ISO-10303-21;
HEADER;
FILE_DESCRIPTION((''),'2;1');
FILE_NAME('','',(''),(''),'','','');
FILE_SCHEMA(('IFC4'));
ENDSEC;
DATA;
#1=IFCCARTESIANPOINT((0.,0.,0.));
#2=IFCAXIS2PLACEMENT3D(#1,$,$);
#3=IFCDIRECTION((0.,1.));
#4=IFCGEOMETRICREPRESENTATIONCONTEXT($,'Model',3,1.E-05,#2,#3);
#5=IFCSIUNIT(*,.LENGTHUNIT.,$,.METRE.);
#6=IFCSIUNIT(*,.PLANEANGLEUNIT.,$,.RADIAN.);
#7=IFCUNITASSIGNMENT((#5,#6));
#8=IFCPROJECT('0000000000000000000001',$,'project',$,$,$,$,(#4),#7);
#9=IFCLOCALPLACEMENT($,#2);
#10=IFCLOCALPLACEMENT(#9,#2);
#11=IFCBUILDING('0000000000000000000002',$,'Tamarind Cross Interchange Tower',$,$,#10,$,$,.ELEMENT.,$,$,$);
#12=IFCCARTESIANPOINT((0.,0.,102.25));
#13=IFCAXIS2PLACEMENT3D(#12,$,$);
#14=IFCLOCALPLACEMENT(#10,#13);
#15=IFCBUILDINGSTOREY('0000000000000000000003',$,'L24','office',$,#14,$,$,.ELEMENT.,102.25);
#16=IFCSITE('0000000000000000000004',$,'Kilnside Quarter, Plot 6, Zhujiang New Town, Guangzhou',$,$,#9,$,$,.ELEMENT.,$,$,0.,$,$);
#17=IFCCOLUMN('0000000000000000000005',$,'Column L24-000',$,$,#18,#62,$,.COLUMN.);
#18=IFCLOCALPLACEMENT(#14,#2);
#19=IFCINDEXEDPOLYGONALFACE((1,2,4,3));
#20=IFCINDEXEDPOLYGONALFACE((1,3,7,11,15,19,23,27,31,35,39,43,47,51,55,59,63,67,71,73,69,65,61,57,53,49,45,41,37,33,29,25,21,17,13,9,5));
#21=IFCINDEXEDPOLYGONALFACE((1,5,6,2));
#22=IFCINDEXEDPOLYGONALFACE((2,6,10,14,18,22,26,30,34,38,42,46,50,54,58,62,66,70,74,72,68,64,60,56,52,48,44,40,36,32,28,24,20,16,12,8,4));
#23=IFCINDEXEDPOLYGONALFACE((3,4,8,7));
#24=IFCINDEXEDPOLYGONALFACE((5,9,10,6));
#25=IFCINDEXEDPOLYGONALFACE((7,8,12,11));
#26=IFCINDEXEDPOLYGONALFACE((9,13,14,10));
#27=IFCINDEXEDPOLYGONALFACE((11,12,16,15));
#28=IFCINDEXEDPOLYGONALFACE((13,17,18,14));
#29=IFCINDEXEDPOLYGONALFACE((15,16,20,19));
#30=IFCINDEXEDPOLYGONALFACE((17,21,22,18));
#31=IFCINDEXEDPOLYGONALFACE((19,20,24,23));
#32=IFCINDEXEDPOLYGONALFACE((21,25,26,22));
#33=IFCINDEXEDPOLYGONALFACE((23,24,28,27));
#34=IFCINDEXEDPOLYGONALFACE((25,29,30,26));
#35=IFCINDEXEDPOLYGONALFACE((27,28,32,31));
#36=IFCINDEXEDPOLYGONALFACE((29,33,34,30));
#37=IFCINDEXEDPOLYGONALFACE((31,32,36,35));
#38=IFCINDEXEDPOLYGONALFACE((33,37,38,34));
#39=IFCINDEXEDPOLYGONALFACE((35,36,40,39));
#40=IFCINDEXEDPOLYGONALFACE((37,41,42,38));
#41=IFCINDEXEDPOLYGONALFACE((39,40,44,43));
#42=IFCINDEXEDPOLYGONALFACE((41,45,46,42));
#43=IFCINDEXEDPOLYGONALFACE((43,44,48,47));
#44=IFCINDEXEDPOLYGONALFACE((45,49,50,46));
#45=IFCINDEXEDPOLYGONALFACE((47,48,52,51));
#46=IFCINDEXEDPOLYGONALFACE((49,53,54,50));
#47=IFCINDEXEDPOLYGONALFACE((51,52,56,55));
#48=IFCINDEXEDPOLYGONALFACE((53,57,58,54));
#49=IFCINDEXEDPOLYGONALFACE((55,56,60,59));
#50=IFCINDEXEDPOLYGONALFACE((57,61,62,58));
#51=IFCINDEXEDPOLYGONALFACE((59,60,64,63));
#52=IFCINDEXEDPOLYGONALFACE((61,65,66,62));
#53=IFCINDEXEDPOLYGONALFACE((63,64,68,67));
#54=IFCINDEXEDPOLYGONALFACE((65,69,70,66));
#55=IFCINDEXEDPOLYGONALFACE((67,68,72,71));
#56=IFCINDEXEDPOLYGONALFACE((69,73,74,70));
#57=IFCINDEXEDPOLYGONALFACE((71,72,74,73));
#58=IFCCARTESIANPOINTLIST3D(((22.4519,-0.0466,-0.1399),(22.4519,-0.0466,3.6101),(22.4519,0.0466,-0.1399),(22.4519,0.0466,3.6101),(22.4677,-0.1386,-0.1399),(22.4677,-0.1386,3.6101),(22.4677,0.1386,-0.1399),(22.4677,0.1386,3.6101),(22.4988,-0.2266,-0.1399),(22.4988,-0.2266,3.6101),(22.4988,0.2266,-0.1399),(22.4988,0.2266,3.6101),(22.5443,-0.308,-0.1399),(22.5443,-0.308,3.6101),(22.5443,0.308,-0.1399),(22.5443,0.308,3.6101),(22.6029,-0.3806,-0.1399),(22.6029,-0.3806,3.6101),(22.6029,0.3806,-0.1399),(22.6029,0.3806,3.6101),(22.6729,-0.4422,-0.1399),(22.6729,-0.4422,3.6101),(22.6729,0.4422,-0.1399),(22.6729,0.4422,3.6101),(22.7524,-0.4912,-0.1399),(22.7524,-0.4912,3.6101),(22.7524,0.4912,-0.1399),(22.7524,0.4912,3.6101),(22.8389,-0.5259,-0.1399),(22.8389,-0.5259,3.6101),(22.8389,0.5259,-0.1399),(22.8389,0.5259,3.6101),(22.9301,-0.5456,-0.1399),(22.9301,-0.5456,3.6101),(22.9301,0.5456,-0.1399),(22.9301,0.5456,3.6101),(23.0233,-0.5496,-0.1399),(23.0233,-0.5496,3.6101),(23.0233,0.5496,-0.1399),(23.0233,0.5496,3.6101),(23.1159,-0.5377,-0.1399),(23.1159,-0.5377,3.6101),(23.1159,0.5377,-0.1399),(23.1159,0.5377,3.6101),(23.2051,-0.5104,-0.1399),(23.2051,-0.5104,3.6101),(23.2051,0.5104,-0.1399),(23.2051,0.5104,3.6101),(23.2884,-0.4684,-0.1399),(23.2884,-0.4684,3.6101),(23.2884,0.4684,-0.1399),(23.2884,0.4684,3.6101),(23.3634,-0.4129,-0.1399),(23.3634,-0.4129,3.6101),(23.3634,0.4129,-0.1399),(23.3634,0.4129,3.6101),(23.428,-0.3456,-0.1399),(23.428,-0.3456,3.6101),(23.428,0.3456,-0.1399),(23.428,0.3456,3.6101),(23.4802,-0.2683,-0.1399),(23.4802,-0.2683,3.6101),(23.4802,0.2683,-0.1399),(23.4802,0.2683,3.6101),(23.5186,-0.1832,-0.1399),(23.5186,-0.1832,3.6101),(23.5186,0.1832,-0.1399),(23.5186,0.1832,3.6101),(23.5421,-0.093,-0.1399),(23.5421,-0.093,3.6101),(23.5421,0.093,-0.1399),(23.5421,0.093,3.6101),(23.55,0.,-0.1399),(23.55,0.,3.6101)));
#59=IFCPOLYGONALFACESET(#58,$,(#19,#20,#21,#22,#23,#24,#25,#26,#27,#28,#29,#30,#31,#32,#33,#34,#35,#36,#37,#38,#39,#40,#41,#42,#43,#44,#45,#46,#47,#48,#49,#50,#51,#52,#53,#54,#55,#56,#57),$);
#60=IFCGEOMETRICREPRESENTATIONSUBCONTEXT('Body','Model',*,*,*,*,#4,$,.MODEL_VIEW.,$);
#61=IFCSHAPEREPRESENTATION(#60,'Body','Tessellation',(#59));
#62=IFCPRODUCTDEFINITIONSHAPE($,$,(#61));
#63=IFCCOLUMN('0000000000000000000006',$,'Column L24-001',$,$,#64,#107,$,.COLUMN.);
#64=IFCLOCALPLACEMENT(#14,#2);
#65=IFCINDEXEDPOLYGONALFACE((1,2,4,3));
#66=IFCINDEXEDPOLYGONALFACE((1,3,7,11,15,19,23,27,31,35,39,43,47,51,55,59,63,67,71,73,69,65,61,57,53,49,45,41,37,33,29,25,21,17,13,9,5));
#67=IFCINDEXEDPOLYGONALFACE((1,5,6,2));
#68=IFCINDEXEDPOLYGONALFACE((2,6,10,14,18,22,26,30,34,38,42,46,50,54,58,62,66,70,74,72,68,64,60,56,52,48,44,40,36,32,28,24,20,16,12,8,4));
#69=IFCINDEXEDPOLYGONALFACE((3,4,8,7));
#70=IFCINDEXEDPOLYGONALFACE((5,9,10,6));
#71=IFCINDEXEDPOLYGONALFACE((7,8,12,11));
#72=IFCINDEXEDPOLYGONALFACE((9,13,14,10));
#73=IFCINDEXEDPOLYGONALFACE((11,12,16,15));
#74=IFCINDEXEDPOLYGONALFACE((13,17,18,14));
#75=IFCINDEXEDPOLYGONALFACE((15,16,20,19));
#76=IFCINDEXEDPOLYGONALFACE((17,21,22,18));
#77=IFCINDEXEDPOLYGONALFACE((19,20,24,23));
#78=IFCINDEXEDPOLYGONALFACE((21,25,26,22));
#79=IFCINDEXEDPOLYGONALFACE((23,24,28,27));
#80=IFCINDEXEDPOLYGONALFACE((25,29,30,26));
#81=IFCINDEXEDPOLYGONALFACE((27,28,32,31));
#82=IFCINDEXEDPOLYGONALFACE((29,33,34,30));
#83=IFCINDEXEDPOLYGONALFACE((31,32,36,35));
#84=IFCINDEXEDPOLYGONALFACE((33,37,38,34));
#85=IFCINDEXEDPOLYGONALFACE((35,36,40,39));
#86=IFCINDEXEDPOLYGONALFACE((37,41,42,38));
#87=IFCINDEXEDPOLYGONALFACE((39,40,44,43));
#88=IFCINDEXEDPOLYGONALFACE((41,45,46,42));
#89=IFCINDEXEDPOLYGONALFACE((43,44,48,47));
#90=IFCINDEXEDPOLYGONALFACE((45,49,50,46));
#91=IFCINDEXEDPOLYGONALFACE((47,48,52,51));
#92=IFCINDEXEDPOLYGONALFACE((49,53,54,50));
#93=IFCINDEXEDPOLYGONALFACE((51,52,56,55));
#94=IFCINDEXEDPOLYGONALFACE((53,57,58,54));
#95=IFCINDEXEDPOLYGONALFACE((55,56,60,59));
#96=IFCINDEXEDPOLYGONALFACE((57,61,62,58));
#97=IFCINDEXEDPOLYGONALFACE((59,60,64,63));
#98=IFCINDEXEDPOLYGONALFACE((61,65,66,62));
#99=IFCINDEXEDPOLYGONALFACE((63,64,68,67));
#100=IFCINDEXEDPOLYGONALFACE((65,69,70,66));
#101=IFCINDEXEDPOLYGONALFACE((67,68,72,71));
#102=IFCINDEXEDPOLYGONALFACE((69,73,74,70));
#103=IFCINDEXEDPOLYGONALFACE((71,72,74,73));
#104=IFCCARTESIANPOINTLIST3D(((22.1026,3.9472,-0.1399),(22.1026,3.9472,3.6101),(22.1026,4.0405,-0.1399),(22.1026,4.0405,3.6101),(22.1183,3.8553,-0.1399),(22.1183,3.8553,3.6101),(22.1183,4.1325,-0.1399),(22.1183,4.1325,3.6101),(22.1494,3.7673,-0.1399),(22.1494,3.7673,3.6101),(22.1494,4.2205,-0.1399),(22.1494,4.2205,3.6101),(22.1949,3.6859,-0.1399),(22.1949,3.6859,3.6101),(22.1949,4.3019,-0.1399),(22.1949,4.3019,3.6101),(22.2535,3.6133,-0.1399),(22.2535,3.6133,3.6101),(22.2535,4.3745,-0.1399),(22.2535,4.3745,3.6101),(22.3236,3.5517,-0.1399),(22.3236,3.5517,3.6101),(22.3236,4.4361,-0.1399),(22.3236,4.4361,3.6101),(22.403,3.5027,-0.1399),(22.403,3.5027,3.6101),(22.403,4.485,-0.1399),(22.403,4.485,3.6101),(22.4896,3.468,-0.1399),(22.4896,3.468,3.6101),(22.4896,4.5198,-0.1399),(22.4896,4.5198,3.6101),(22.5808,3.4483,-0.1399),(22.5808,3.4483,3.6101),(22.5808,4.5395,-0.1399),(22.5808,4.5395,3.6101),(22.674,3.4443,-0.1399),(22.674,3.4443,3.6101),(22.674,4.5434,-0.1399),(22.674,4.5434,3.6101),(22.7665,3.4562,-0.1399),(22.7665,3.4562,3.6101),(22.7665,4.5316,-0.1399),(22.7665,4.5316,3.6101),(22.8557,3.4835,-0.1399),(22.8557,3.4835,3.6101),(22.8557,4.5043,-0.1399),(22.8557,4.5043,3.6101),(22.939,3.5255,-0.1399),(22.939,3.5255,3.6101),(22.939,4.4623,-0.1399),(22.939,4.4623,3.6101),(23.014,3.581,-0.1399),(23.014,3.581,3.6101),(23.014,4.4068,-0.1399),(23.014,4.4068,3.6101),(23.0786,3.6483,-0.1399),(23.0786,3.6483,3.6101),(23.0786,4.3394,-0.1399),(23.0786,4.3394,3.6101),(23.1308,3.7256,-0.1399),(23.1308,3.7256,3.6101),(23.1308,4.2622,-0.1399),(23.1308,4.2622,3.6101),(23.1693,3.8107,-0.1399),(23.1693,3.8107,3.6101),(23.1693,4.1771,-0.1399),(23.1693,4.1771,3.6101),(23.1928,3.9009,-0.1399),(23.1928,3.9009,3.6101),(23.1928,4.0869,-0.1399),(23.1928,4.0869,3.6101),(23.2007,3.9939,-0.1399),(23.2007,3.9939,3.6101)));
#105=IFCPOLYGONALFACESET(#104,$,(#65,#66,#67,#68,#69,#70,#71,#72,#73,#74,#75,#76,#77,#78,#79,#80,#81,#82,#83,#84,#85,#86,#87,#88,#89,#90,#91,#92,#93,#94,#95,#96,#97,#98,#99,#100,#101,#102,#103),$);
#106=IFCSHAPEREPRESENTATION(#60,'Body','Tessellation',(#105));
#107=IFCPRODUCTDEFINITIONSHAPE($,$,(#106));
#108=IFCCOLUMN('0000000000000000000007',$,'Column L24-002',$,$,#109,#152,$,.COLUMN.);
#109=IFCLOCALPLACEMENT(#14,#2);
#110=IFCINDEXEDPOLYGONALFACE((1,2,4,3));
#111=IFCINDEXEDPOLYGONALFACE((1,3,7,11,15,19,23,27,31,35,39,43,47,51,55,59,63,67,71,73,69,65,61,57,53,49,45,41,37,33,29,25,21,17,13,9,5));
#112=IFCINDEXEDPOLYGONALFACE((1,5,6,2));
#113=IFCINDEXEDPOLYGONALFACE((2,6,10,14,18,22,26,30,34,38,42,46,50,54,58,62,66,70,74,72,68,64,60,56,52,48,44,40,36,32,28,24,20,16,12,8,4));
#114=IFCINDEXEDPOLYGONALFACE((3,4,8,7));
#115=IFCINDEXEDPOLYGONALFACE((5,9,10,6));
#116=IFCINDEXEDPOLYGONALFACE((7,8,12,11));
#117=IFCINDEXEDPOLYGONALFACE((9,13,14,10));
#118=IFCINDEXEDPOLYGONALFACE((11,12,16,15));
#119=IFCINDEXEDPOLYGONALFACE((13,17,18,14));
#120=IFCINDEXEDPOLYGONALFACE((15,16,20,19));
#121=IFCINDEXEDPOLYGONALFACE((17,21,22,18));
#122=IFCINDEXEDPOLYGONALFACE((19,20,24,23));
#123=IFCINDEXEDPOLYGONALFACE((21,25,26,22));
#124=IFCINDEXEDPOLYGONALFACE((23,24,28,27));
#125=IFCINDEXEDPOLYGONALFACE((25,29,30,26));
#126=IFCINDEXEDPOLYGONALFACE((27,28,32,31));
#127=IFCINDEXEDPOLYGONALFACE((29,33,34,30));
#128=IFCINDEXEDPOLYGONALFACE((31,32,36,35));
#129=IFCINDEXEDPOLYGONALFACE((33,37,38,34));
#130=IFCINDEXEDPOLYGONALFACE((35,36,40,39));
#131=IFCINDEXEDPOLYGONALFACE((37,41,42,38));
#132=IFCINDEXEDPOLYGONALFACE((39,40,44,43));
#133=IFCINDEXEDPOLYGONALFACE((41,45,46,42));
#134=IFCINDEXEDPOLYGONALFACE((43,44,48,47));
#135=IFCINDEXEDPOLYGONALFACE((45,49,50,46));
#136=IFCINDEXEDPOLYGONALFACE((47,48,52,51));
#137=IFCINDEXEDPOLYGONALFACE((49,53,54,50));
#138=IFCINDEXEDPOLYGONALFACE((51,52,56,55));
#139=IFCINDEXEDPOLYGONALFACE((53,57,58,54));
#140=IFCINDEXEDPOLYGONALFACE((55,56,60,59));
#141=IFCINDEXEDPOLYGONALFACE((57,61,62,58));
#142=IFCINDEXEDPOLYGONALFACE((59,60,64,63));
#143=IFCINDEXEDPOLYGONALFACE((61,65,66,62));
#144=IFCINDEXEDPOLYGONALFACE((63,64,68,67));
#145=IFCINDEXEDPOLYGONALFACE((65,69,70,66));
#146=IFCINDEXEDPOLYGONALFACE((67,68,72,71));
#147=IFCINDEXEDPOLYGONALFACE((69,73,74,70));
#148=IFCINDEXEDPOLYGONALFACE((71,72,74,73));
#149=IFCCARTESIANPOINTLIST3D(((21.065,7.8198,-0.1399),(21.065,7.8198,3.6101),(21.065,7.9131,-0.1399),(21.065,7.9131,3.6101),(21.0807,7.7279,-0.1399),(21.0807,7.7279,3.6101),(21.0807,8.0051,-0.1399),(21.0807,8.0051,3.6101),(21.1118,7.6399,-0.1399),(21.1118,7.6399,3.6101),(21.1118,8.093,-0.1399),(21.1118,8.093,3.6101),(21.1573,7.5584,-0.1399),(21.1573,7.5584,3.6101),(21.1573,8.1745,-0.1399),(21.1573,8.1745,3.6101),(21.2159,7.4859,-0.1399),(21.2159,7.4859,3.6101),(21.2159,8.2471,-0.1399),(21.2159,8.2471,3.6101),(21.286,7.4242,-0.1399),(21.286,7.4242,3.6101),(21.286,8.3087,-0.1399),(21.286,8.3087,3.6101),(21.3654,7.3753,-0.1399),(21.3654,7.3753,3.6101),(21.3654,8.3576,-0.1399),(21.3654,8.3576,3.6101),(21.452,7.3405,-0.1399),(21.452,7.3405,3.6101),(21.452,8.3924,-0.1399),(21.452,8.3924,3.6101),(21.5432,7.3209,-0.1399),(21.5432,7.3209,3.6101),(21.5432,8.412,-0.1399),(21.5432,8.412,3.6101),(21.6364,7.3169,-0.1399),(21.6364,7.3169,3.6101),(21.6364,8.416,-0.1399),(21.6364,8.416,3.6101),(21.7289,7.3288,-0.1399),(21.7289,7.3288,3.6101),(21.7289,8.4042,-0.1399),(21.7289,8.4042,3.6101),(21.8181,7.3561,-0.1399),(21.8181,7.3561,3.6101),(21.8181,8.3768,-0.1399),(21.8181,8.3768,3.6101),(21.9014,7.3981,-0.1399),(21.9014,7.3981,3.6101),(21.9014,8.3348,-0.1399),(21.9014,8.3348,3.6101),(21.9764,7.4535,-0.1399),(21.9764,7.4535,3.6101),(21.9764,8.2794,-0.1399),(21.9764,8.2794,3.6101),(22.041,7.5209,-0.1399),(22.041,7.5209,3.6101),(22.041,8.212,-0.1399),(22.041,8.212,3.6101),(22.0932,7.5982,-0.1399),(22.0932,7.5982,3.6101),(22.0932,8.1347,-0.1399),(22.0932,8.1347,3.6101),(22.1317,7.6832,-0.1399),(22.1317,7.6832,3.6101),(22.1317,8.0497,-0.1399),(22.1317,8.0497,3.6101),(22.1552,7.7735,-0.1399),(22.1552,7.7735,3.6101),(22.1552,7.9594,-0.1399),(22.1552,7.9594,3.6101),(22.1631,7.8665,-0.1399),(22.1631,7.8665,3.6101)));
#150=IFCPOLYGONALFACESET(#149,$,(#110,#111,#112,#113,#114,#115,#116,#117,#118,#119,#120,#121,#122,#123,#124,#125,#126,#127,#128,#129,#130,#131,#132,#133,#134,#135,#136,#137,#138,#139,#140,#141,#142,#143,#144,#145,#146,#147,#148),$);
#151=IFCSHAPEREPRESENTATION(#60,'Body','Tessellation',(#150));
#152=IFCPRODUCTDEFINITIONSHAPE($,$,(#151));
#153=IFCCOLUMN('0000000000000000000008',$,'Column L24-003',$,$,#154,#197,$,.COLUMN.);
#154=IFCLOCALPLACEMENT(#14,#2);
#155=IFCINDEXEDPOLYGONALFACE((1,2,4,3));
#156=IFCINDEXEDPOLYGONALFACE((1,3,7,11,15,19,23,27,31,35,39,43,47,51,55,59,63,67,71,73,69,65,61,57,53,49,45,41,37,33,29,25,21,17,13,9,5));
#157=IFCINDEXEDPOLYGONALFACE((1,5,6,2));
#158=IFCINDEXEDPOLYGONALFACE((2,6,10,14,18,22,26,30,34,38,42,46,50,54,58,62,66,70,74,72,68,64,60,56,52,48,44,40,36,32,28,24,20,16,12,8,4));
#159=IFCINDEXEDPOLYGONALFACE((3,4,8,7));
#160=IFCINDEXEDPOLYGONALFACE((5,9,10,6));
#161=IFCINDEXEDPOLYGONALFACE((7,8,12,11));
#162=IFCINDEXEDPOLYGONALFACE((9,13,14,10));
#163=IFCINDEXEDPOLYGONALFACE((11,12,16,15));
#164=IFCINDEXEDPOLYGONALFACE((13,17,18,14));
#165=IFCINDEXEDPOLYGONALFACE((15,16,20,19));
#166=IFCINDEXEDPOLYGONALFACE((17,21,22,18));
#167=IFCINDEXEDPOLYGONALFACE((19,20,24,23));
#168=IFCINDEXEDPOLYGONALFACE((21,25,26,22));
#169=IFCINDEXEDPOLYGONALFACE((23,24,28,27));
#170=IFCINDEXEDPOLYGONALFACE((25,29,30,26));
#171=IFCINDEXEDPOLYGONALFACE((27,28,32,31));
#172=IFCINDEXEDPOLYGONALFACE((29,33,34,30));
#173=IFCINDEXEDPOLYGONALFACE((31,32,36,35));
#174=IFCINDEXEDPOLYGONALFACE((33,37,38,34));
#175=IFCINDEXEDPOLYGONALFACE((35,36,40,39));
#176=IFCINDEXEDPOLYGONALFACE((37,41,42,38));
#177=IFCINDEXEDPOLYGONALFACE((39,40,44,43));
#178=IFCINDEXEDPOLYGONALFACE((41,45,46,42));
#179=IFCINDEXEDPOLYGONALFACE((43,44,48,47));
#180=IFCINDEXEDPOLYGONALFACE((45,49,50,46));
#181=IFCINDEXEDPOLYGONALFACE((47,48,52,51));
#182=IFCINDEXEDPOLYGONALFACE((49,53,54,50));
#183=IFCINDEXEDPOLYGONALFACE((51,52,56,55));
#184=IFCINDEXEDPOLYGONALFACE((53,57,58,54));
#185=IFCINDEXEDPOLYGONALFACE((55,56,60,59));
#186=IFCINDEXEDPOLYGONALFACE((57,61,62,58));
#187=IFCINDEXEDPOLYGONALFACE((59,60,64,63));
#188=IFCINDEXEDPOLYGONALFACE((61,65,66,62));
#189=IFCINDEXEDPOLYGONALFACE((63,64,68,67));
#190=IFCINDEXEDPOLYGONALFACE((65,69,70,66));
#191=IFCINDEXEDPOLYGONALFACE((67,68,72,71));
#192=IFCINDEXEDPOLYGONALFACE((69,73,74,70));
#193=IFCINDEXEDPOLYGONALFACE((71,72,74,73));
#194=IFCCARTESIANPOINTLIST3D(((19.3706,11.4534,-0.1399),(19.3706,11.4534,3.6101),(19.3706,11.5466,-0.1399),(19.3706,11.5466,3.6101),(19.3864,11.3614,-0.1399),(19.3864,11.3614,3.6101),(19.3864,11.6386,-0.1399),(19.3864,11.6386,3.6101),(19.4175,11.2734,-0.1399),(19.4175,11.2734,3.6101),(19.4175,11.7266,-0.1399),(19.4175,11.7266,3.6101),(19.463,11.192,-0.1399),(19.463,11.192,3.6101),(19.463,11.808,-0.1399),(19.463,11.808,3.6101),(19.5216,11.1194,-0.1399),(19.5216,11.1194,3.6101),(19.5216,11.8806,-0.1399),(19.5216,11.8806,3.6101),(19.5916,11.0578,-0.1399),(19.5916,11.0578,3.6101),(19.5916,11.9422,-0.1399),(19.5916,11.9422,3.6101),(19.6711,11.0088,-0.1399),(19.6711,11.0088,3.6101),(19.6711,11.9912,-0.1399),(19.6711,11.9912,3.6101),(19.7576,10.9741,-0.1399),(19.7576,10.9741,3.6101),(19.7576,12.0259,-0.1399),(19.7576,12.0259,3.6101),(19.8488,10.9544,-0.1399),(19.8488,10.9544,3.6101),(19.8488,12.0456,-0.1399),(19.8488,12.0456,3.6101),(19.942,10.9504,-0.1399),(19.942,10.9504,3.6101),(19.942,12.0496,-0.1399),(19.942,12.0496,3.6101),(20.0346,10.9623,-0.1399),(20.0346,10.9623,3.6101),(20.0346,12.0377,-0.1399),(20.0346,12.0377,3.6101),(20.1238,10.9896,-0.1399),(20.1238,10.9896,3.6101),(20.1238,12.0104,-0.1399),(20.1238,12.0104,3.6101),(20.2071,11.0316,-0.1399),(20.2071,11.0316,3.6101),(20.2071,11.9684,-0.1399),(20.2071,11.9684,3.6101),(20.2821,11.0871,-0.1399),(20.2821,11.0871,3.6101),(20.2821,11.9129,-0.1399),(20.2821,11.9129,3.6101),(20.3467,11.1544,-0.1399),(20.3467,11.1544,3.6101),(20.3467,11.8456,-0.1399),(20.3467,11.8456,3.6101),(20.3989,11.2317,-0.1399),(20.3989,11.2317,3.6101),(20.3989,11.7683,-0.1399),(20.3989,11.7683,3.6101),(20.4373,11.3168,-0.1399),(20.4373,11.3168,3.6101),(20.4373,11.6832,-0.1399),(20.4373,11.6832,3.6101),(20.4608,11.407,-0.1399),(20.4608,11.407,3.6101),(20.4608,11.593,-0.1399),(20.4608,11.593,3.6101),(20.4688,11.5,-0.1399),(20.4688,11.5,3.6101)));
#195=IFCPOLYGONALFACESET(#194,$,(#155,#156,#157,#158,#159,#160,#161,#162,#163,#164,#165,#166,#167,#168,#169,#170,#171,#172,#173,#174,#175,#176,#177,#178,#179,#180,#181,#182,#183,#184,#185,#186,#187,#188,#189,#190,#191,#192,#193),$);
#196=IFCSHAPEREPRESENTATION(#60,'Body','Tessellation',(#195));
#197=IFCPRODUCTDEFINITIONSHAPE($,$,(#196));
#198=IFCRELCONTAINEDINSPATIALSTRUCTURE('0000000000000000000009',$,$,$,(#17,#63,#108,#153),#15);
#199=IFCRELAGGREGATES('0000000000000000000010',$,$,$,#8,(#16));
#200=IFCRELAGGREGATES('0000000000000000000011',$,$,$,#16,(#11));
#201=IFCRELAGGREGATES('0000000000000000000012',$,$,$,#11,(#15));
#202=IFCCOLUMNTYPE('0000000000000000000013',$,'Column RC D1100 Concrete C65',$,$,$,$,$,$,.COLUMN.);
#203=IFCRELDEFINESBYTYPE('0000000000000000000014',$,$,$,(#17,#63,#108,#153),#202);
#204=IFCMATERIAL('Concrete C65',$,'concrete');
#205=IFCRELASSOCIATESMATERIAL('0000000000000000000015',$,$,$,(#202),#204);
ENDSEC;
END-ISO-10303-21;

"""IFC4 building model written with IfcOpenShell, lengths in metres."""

from ifc_helpers import new_model, si_unit, direction, frame, origin, origin_2d, place, context, subcontext, project, spatial, circle, extrude, material, material_profile, profile_set, type_object, element, save


model = new_model("IFC4")

# Units and contexts
model_context = context("Model", 3, precision=1e-05, world=origin(), true_north=direction((0.0, 1.0)))
body_context = subcontext(model_context, "Body", "Model", "MODEL_VIEW")
ifc_project = project(units=[si_unit("LENGTHUNIT", "METRE"), si_unit("PLANEANGLEUNIT", "RADIAN")], contexts=[model_context])

# Site, building, storey
site_placement = place(None, origin())
site = spatial("IfcSite", under=ifc_project, at=site_placement, Name="Kilnside Quarter, Plot 6, Zhujiang New Town, Guangzhou", CompositionType="ELEMENT", RefElevation=0.0)
building_placement = place(site_placement, origin())
building = spatial("IfcBuilding", under=site, at=building_placement, Name="Tamarind Cross Interchange Tower", CompositionType="ELEMENT")
storey_placement = place(building_placement, frame((0.0, 0.0, 102.25)))
storey = spatial("IfcBuildingStorey", under=building, at=storey_placement, Name="L24", Description="office", CompositionType="ELEMENT", Elevation=102.25)

# Columns
ifc_material_1 = material(Name="Concrete C65", Category="concrete")
ifc_material_profile_1 = material_profile(ifc_material_1, circle(Radius=0.55, at=origin_2d()), Name="RC D1100")
ifc_profile_set_1 = profile_set([ifc_material_profile_1], Name="Concrete C65")
column_type = type_object("IfcColumnType", Name="Column RC D1100 Concrete C65", PredefinedType="COLUMN", material=ifc_profile_set_1)
for number, where, z_axis, x_axis, name in (
    (1, (23.0, 0.0, -0.1399), (0.0, 0.0, 1.0), (1.0, 0.0, 0.0), "Column L24-000"),
    (2, (22.6506, 3.9939, -0.1399), (0.0, 0.0, 1.0), (1.0, 0.0, 0.0), "Column L24-001"),
    (3, (21.613, 7.8665, -0.1399), (0.0, 0.0, 1.0), (1.0, 0.0, 0.0), "Column L24-002"),
    (4, (19.9187, 11.5, -0.1399), (0.0, 0.0, 1.0), (1.0, 0.0, 0.0), "Column L24-003"),
):
    element("IfcColumn", number, at=place(storey_placement, frame(where, z_axis=z_axis, x_axis=x_axis)), inside=storey, type_object=column_type, Name=name, PredefinedType="COLUMN", context=body_context, shape_type="SweptSolid", body=[
        extrude(circle(Radius=0.55, at=origin_2d()), origin(), (0.0, 0.0, 1.0), 3.75),
    ])

save(model, "model.ifc")
